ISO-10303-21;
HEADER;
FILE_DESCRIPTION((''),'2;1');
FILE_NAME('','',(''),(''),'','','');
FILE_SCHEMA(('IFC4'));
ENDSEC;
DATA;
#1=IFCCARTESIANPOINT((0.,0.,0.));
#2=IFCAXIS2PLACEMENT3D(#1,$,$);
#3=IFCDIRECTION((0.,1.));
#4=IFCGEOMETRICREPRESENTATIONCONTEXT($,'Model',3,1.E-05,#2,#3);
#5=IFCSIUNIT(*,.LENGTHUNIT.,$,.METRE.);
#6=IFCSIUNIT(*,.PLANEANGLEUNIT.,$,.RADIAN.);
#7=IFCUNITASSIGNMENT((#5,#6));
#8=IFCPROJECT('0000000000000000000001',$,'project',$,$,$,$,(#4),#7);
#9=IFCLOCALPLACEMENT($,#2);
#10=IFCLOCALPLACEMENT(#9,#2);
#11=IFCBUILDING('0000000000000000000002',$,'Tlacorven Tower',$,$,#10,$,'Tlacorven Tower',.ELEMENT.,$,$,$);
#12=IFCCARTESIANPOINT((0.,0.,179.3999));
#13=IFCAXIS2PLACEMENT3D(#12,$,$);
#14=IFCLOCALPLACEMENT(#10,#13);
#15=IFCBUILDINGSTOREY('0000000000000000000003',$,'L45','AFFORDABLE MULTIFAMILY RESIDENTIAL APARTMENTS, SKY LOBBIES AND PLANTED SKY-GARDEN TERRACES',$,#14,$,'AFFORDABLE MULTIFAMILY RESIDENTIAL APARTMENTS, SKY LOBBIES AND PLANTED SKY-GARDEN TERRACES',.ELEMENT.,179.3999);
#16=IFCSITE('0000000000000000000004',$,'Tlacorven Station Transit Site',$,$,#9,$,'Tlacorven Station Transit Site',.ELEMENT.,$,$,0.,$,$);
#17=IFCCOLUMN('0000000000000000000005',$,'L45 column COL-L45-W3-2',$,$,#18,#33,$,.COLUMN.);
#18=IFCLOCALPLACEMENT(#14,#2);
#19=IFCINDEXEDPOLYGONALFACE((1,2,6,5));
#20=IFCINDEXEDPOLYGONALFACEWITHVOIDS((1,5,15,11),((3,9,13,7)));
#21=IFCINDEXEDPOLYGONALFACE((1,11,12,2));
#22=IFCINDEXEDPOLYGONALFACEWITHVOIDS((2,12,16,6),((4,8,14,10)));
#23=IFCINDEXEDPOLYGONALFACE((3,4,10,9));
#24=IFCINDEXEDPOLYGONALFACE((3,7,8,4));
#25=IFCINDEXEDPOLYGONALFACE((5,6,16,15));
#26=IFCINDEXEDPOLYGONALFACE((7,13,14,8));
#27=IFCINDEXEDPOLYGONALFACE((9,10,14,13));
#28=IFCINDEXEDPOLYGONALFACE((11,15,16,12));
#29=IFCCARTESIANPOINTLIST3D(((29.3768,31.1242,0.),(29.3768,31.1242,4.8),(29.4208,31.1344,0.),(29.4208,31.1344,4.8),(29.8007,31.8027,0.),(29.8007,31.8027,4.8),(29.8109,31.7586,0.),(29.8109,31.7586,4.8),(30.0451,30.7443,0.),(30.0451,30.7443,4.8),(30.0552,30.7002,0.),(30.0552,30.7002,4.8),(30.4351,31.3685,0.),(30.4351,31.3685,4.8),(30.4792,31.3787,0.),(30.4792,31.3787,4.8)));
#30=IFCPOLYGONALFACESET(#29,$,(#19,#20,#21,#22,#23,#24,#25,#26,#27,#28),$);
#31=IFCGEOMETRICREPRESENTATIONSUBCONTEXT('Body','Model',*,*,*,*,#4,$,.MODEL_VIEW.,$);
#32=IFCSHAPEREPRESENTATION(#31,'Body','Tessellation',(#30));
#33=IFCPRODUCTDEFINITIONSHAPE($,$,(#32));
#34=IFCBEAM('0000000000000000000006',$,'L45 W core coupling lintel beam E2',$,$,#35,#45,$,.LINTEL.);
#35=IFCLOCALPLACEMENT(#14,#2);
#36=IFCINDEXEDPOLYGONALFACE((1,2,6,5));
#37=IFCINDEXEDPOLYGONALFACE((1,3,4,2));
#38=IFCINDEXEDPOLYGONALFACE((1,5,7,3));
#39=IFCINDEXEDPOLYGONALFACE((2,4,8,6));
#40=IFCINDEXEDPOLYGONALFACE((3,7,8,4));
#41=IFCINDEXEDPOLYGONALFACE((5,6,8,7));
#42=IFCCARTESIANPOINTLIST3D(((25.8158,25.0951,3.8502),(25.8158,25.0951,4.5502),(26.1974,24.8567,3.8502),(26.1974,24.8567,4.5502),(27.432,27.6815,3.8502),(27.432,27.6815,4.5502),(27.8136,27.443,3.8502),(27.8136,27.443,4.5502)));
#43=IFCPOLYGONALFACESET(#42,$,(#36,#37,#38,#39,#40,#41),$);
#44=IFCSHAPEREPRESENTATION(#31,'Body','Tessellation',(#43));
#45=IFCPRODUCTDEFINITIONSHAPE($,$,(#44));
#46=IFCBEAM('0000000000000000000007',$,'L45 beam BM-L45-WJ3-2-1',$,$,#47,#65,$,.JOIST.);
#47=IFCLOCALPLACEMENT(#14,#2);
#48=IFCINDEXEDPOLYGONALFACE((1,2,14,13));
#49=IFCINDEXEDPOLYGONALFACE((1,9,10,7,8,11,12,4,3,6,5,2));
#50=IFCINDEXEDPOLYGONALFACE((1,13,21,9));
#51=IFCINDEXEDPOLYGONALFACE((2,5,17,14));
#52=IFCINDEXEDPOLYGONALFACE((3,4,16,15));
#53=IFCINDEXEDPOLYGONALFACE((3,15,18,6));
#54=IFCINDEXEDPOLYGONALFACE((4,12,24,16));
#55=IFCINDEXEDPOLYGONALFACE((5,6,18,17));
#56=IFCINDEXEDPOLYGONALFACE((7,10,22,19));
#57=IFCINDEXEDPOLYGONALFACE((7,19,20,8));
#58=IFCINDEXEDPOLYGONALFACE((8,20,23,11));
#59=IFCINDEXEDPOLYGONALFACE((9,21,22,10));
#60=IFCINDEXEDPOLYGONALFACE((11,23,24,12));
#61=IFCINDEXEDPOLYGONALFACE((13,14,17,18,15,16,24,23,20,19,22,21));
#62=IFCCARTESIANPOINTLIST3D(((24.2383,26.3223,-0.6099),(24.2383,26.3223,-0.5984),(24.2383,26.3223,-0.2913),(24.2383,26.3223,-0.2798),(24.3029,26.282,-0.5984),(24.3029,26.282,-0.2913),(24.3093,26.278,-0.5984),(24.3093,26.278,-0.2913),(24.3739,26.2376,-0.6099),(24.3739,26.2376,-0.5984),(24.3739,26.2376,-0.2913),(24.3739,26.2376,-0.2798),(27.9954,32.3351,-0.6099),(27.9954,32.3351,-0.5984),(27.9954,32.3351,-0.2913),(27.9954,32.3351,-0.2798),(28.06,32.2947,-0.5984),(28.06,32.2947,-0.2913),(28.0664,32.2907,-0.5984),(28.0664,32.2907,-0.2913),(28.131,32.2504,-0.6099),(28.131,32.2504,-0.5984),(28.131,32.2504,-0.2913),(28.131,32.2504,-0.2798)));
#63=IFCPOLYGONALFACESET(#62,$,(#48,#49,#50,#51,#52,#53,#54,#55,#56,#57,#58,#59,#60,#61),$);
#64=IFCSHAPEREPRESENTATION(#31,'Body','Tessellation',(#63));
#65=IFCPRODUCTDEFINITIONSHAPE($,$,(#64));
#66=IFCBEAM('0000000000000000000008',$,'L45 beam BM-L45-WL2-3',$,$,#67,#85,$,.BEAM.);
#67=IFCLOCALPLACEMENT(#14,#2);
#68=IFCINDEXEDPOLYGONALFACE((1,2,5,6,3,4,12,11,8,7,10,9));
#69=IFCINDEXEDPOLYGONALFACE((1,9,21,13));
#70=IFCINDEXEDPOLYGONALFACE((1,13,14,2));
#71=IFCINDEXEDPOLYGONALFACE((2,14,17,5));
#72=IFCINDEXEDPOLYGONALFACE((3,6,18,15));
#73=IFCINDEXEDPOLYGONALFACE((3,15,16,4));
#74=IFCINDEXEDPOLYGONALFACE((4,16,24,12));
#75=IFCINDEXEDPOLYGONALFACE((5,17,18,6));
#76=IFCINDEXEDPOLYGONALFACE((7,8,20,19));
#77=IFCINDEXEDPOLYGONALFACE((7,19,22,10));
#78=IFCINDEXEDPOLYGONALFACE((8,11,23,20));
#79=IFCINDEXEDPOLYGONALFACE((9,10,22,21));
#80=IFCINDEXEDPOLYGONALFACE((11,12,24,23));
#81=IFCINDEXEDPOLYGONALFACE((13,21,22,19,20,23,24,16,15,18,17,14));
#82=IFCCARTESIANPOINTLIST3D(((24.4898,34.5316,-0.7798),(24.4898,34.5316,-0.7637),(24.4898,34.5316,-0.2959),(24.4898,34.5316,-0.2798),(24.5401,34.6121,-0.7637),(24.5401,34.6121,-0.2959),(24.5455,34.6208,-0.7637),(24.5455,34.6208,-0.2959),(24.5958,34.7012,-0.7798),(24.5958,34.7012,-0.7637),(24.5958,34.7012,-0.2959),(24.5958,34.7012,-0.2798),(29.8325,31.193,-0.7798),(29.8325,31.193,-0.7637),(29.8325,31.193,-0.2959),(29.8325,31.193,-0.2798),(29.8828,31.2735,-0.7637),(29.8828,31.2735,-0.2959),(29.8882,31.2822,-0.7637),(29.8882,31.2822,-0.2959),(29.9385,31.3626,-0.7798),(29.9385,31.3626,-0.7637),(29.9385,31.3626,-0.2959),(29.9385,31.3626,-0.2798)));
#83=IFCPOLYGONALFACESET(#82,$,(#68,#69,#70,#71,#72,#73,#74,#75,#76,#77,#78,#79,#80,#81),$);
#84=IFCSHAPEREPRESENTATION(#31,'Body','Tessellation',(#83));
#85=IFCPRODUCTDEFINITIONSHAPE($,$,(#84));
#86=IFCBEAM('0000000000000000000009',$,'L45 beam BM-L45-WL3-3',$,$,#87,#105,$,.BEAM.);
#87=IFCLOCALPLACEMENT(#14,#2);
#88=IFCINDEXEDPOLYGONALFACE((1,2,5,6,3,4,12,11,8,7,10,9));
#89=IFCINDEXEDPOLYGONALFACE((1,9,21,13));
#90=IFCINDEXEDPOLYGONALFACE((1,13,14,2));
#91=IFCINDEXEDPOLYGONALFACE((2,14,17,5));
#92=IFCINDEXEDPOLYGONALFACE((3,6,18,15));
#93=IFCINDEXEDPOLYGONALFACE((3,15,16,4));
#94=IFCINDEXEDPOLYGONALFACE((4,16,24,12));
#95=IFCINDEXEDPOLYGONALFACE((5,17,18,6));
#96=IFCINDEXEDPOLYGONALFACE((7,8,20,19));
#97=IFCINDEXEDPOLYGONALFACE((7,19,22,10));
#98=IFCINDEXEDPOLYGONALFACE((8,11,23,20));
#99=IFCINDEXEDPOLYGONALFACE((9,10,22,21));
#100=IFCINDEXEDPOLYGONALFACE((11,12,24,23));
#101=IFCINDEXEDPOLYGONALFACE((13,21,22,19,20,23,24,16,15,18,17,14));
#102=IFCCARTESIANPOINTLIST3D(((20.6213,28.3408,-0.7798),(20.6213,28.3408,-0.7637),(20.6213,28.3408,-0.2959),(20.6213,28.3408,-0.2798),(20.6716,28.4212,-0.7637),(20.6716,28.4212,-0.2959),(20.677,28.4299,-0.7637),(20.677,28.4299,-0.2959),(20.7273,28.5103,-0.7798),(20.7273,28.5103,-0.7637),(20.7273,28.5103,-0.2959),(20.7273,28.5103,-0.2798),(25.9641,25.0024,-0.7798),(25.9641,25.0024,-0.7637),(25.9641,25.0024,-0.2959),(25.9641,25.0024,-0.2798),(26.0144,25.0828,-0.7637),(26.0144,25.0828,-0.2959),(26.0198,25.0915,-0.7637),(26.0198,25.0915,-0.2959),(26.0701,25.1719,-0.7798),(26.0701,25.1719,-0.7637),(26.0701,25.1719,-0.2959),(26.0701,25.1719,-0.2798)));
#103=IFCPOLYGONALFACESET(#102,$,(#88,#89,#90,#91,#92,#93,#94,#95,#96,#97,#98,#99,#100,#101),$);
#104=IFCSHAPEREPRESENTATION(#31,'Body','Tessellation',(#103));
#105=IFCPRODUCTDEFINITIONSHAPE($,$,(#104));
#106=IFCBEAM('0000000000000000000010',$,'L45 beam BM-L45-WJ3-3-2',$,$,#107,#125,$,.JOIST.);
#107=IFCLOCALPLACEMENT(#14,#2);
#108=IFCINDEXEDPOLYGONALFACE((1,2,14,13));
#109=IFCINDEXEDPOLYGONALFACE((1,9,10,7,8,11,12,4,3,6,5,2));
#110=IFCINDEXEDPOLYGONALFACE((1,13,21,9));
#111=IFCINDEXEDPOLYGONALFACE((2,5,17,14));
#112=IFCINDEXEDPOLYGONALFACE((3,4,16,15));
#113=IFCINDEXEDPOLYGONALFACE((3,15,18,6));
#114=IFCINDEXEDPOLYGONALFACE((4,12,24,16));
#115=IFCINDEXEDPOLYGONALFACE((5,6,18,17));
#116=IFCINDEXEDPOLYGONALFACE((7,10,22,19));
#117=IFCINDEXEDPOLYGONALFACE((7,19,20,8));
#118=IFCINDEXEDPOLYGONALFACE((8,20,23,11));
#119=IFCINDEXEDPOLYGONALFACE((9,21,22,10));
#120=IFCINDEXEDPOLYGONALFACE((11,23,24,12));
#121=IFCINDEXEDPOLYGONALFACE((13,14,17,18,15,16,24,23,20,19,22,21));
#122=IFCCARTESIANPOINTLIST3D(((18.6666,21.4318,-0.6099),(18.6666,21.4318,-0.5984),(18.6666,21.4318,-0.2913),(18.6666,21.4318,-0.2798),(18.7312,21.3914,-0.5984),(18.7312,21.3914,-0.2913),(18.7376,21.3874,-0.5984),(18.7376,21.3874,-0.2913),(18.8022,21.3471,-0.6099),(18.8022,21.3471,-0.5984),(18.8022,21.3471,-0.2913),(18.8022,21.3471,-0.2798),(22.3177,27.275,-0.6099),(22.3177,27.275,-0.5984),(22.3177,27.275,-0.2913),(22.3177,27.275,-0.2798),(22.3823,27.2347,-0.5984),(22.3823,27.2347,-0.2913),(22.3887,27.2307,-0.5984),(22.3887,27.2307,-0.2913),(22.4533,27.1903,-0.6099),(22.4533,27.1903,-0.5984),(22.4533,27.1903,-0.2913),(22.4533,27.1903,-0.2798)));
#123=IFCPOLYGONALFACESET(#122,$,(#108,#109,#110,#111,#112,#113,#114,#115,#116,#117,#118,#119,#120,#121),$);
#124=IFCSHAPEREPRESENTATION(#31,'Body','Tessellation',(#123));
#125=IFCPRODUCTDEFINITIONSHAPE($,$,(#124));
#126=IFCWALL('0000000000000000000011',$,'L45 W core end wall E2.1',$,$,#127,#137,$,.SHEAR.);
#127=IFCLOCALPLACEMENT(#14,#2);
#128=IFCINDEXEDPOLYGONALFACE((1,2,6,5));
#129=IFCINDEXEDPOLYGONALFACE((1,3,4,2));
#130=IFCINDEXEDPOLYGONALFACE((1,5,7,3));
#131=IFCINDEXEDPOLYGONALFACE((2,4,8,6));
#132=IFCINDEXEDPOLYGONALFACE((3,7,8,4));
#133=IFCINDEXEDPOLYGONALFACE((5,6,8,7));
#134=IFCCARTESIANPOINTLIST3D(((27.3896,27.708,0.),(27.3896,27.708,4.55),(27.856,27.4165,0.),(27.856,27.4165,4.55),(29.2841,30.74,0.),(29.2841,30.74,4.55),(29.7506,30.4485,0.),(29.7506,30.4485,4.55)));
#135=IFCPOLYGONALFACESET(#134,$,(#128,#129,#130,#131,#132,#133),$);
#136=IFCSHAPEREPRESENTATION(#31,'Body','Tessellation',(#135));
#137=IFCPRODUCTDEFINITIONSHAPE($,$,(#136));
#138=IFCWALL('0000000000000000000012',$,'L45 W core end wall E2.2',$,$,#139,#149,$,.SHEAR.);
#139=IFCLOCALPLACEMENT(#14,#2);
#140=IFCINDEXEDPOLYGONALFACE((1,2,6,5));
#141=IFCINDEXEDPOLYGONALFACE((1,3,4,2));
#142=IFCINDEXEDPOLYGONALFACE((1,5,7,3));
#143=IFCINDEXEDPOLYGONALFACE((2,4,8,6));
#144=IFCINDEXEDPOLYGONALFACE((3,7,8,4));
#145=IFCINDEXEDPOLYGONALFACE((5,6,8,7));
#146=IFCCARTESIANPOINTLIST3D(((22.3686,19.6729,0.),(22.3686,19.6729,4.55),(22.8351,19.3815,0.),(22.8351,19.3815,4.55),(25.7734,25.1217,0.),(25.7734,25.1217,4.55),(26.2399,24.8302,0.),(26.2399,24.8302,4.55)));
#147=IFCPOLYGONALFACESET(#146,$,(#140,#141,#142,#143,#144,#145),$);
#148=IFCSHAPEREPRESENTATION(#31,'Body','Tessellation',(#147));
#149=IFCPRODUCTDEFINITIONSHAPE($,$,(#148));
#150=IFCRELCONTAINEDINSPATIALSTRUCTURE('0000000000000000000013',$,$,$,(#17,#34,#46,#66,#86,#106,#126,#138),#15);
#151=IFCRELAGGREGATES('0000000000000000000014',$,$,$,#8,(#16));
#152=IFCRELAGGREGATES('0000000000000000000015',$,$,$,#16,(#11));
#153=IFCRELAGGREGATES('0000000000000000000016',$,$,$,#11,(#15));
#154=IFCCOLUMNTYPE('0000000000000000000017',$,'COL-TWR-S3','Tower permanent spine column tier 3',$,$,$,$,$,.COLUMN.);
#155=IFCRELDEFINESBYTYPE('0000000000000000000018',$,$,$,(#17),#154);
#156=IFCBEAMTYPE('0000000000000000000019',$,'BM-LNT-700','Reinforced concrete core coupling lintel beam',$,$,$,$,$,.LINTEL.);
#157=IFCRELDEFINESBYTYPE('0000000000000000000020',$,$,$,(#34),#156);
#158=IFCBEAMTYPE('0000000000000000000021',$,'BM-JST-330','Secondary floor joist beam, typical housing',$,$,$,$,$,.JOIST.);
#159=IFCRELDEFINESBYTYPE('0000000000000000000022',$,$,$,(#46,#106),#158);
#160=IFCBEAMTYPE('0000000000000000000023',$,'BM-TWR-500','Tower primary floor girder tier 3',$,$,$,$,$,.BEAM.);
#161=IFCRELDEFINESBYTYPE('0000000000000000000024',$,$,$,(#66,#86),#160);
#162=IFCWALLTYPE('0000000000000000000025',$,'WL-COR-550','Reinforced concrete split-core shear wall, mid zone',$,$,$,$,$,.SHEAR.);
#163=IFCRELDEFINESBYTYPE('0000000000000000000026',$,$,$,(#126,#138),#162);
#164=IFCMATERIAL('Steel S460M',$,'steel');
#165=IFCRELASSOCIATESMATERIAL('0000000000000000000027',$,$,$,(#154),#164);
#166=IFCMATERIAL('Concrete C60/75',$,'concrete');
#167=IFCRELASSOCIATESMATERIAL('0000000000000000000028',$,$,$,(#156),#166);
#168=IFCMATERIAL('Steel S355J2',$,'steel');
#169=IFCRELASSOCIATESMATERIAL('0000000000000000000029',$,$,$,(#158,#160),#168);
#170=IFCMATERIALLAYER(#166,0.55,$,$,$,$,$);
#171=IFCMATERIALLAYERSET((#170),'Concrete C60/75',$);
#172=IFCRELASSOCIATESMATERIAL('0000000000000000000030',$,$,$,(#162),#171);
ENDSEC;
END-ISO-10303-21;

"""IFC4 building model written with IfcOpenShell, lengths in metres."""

from ifc_helpers import new_model, si_unit, direction, frame, frame_2d, origin, origin_2d, place, context, subcontext, project, spatial, rectangle, hollow_rectangle, i_section, extrude, source, transform, mapped, material, layer, layer_set, material_profile, profile_set, type_object, element, save


model = new_model("IFC4")

# Units and contexts
model_context = context("Model", 3, precision=1e-05, world=origin(), true_north=direction((0.0, 1.0)))
body_context = subcontext(model_context, "Body", "Model", "MODEL_VIEW")
ifc_project = project(units=[si_unit("LENGTHUNIT", "METRE"), si_unit("PLANEANGLEUNIT", "RADIAN")], contexts=[model_context])

# Site, building, storey
site_placement = place(None, origin())
site = spatial("IfcSite", under=ifc_project, at=site_placement, Name="Tlacorven Station Transit Site", LongName="Tlacorven Station Transit Site", CompositionType="ELEMENT", RefElevation=0.0)
building_placement = place(site_placement, origin())
building = spatial("IfcBuilding", under=site, at=building_placement, Name="Tlacorven Tower", LongName="Tlacorven Tower", CompositionType="ELEMENT")
storey_placement = place(building_placement, frame((0.0, 0.0, 179.3999)))
storey = spatial("IfcBuildingStorey", under=building, at=storey_placement, Name="L45", Description="AFFORDABLE MULTIFAMILY RESIDENTIAL APARTMENTS, SKY LOBBIES AND PLANTED SKY-GARDEN TERRACES", LongName="AFFORDABLE MULTIFAMILY RESIDENTIAL APARTMENTS, SKY LOBBIES AND PLANTED SKY-GARDEN TERRACES", CompositionType="ELEMENT", Elevation=179.3999)

# Column
ifc_material_1 = material(Name="Steel S460M", Category="steel")
ifc_material_profile_1 = material_profile(ifc_material_1, hollow_rectangle(XDim=0.8, YDim=0.8, WallThickness=0.032, at=origin_2d()), Name="BOX 800X800X32")
ifc_profile_set_1 = profile_set([ifc_material_profile_1], Name="Steel S460M")
column_type = type_object("IfcColumnType", Name="COL-TWR-S3", Description="Tower permanent spine column tier 3", PredefinedType="COLUMN", material=ifc_profile_set_1)
shared_shape_1 = source(origin(), body_context, "Body", "SweptSolid", [
    extrude(hollow_rectangle(XDim=0.8, YDim=0.8, WallThickness=0.032, at=origin_2d()), origin(), (0.0, 0.0, 1.0), 4.8),
])
column_placement = place(storey_placement, frame((29.928, 31.2515, 0.0), z_axis=(0.0, 0.0, 1.0), x_axis=(-0.848048, 0.529919, 0.0)))
element("IfcColumn", 1, at=column_placement, inside=storey, type_object=column_type, Name="L45 column COL-L45-W3-2", PredefinedType="COLUMN", context=body_context, shape_type="MappedRepresentation", body=[
    mapped(shared_shape_1, transform((0.0, 0.0, 0.0), scale=1.0)),
])

# Beams
ifc_material_2 = material(Name="Concrete C60/75", Category="concrete")
ifc_material_profile_2 = material_profile(ifc_material_2, rectangle(XDim=0.45, YDim=0.7, at=origin_2d()), Name="RC 450X700")
ifc_profile_set_2 = profile_set([ifc_material_profile_2], Name="Concrete C60/75")
beam_type_1 = type_object("IfcBeamType", Name="BM-LNT-700", Description="Reinforced concrete core coupling lintel beam", PredefinedType="LINTEL", material=ifc_profile_set_2)
shared_shape_2 = source(origin(), body_context, "Body", "SweptSolid", [
    extrude(rectangle(XDim=0.45, YDim=0.7, at=origin_2d()), origin(), (0.0, 0.0, 1.0), 3.0498),
])
beam_1_placement = place(storey_placement, frame((27.6228, 27.5623, 4.2002), z_axis=(-0.529927, -0.848043, 0.0), x_axis=(0.848043, -0.529927, 0.0)))
element("IfcBeam", 2, at=beam_1_placement, inside=storey, type_object=beam_type_1, Name="L45 W core coupling lintel beam E2", PredefinedType="LINTEL", context=body_context, shape_type="MappedRepresentation", body=[
    mapped(shared_shape_2, transform((0.0, 0.0, 0.0), scale=1.0)),
])
ifc_material_3 = material(Name="Steel S355J2", Category="steel")
ifc_material_profile_3 = material_profile(ifc_material_3, i_section(OverallWidth=0.1599, OverallDepth=0.3301, WebThickness=0.0076, FlangeThickness=0.0115, at=origin_2d()), Name="IPE 330")
ifc_profile_set_3 = profile_set([ifc_material_profile_3], Name="Steel S355J2")
beam_type_2 = type_object("IfcBeamType", Name="BM-JST-330", Description="Secondary floor joist beam, typical housing", PredefinedType="JOIST", material=ifc_profile_set_3)
shared_shape_3 = source(origin(), body_context, "Body", "SweptSolid", [
    extrude(i_section(OverallWidth=0.1599, OverallDepth=0.3301, WebThickness=0.0076, FlangeThickness=0.0115, at=origin_2d()), origin(), (0.0, 0.0, 1.0), 7.0901),
])
beam_2_placement = place(storey_placement, frame((28.0632, 32.2927, -0.4448), z_axis=(-0.529912, -0.848052, 0.0), x_axis=(0.848052, -0.529912, 0.0)))
element("IfcBeam", 3, at=beam_2_placement, inside=storey, type_object=beam_type_2, Name="L45 beam BM-L45-WJ3-2-1", PredefinedType="JOIST", context=body_context, shape_type="MappedRepresentation", body=[
    mapped(shared_shape_3, transform((0.0, 0.0, 0.0), scale=1.0)),
])
ifc_material_profile_4 = material_profile(ifc_material_3, i_section(OverallWidth=0.2, OverallDepth=0.5, WebThickness=0.0103, FlangeThickness=0.0161, at=origin_2d()), Name="IPE 500")
ifc_profile_set_4 = profile_set([ifc_material_profile_4], Name="Steel S355J2")
beam_type_3 = type_object("IfcBeamType", Name="BM-TWR-500", Description="Tower primary floor girder tier 3", PredefinedType="BEAM", material=ifc_profile_set_4)
shared_shape_4 = source(origin(), body_context, "Body", "SweptSolid", [
    extrude(i_section(OverallWidth=0.2, OverallDepth=0.5, WebThickness=0.0103, FlangeThickness=0.0161, at=origin_2d()), origin(), (0.0, 0.0, 1.0), 6.3),
])
for number, where, z_axis, x_axis, name in (
    (4, (29.8855, 31.2778, -0.5298), (-0.848042, 0.529929, 0.0), (-0.529929, -0.848042, 0.0), "L45 beam BM-L45-WL2-3"),
    (5, (26.0171, 25.0872, -0.5298), (-0.848059, 0.529901, 0.0), (-0.529901, -0.848059, 0.0), "L45 beam BM-L45-WL3-3"),
):
    element("IfcBeam", number, at=place(storey_placement, frame(where, z_axis=z_axis, x_axis=x_axis)), inside=storey, type_object=beam_type_3, Name=name, PredefinedType="BEAM", context=body_context, shape_type="MappedRepresentation", body=[
        mapped(shared_shape_4, transform((0.0, 0.0, 0.0), scale=1.0)),
    ])
shared_shape_5 = source(origin(), body_context, "Body", "SweptSolid", [
    extrude(i_section(OverallWidth=0.1599, OverallDepth=0.3301, WebThickness=0.0076, FlangeThickness=0.0115, at=origin_2d()), origin(), (0.0, 0.0, 1.0), 6.8901),
])
beam_3_placement = place(storey_placement, frame((22.3855, 27.2327, -0.4448), z_axis=(-0.529903, -0.848058, 0.0), x_axis=(0.848058, -0.529903, 0.0)))
element("IfcBeam", 6, at=beam_3_placement, inside=storey, type_object=beam_type_2, Name="L45 beam BM-L45-WJ3-3-2", PredefinedType="JOIST", context=body_context, shape_type="MappedRepresentation", body=[
    mapped(shared_shape_5, transform((0.0, 0.0, 0.0), scale=1.0)),
])

# Walls
ifc_layer_1 = layer(ifc_material_2, 0.55)
ifc_layer_set_1 = layer_set([ifc_layer_1], Name="Concrete C60/75")
wall_type_1 = type_object("IfcWallType", Name="WL-COR-550", Description="Reinforced concrete split-core shear wall, mid zone", PredefinedType="SHEAR", material=ifc_layer_set_1)
wall_1_placement = place(storey_placement, frame((29.5173, 30.5942, 0.0), z_axis=(0.0, 0.0, 1.0), x_axis=(-0.529907, -0.848056, 0.0)))
element("IfcWall", 7, at=wall_1_placement, inside=storey, type_object=wall_type_1, Name="L45 W core end wall E2.1", PredefinedType="SHEAR", context=body_context, shape_type="SweptSolid", body=[
    extrude(rectangle(XDim=3.5752, YDim=0.55, at=frame_2d((1.7876, 0.0))), origin(), (0.0, 0.0, 1.0), 4.55),
])
wall_2_placement = place(storey_placement, frame((26.0066, 24.9758, 0.0), z_axis=(0.0, 0.0, 1.0), x_axis=(-0.529924, -0.848045, 0.0)))
element("IfcWall", 8, at=wall_2_placement, inside=storey, type_object=wall_type_1, Name="L45 W core end wall E2.2", PredefinedType="SHEAR", context=body_context, shape_type="SweptSolid", body=[
    extrude(rectangle(XDim=6.425, YDim=0.55, at=frame_2d((3.2124, 0.0))), origin(), (0.0, 0.0, 1.0), 4.55),
])

save(model, "model.ifc")
